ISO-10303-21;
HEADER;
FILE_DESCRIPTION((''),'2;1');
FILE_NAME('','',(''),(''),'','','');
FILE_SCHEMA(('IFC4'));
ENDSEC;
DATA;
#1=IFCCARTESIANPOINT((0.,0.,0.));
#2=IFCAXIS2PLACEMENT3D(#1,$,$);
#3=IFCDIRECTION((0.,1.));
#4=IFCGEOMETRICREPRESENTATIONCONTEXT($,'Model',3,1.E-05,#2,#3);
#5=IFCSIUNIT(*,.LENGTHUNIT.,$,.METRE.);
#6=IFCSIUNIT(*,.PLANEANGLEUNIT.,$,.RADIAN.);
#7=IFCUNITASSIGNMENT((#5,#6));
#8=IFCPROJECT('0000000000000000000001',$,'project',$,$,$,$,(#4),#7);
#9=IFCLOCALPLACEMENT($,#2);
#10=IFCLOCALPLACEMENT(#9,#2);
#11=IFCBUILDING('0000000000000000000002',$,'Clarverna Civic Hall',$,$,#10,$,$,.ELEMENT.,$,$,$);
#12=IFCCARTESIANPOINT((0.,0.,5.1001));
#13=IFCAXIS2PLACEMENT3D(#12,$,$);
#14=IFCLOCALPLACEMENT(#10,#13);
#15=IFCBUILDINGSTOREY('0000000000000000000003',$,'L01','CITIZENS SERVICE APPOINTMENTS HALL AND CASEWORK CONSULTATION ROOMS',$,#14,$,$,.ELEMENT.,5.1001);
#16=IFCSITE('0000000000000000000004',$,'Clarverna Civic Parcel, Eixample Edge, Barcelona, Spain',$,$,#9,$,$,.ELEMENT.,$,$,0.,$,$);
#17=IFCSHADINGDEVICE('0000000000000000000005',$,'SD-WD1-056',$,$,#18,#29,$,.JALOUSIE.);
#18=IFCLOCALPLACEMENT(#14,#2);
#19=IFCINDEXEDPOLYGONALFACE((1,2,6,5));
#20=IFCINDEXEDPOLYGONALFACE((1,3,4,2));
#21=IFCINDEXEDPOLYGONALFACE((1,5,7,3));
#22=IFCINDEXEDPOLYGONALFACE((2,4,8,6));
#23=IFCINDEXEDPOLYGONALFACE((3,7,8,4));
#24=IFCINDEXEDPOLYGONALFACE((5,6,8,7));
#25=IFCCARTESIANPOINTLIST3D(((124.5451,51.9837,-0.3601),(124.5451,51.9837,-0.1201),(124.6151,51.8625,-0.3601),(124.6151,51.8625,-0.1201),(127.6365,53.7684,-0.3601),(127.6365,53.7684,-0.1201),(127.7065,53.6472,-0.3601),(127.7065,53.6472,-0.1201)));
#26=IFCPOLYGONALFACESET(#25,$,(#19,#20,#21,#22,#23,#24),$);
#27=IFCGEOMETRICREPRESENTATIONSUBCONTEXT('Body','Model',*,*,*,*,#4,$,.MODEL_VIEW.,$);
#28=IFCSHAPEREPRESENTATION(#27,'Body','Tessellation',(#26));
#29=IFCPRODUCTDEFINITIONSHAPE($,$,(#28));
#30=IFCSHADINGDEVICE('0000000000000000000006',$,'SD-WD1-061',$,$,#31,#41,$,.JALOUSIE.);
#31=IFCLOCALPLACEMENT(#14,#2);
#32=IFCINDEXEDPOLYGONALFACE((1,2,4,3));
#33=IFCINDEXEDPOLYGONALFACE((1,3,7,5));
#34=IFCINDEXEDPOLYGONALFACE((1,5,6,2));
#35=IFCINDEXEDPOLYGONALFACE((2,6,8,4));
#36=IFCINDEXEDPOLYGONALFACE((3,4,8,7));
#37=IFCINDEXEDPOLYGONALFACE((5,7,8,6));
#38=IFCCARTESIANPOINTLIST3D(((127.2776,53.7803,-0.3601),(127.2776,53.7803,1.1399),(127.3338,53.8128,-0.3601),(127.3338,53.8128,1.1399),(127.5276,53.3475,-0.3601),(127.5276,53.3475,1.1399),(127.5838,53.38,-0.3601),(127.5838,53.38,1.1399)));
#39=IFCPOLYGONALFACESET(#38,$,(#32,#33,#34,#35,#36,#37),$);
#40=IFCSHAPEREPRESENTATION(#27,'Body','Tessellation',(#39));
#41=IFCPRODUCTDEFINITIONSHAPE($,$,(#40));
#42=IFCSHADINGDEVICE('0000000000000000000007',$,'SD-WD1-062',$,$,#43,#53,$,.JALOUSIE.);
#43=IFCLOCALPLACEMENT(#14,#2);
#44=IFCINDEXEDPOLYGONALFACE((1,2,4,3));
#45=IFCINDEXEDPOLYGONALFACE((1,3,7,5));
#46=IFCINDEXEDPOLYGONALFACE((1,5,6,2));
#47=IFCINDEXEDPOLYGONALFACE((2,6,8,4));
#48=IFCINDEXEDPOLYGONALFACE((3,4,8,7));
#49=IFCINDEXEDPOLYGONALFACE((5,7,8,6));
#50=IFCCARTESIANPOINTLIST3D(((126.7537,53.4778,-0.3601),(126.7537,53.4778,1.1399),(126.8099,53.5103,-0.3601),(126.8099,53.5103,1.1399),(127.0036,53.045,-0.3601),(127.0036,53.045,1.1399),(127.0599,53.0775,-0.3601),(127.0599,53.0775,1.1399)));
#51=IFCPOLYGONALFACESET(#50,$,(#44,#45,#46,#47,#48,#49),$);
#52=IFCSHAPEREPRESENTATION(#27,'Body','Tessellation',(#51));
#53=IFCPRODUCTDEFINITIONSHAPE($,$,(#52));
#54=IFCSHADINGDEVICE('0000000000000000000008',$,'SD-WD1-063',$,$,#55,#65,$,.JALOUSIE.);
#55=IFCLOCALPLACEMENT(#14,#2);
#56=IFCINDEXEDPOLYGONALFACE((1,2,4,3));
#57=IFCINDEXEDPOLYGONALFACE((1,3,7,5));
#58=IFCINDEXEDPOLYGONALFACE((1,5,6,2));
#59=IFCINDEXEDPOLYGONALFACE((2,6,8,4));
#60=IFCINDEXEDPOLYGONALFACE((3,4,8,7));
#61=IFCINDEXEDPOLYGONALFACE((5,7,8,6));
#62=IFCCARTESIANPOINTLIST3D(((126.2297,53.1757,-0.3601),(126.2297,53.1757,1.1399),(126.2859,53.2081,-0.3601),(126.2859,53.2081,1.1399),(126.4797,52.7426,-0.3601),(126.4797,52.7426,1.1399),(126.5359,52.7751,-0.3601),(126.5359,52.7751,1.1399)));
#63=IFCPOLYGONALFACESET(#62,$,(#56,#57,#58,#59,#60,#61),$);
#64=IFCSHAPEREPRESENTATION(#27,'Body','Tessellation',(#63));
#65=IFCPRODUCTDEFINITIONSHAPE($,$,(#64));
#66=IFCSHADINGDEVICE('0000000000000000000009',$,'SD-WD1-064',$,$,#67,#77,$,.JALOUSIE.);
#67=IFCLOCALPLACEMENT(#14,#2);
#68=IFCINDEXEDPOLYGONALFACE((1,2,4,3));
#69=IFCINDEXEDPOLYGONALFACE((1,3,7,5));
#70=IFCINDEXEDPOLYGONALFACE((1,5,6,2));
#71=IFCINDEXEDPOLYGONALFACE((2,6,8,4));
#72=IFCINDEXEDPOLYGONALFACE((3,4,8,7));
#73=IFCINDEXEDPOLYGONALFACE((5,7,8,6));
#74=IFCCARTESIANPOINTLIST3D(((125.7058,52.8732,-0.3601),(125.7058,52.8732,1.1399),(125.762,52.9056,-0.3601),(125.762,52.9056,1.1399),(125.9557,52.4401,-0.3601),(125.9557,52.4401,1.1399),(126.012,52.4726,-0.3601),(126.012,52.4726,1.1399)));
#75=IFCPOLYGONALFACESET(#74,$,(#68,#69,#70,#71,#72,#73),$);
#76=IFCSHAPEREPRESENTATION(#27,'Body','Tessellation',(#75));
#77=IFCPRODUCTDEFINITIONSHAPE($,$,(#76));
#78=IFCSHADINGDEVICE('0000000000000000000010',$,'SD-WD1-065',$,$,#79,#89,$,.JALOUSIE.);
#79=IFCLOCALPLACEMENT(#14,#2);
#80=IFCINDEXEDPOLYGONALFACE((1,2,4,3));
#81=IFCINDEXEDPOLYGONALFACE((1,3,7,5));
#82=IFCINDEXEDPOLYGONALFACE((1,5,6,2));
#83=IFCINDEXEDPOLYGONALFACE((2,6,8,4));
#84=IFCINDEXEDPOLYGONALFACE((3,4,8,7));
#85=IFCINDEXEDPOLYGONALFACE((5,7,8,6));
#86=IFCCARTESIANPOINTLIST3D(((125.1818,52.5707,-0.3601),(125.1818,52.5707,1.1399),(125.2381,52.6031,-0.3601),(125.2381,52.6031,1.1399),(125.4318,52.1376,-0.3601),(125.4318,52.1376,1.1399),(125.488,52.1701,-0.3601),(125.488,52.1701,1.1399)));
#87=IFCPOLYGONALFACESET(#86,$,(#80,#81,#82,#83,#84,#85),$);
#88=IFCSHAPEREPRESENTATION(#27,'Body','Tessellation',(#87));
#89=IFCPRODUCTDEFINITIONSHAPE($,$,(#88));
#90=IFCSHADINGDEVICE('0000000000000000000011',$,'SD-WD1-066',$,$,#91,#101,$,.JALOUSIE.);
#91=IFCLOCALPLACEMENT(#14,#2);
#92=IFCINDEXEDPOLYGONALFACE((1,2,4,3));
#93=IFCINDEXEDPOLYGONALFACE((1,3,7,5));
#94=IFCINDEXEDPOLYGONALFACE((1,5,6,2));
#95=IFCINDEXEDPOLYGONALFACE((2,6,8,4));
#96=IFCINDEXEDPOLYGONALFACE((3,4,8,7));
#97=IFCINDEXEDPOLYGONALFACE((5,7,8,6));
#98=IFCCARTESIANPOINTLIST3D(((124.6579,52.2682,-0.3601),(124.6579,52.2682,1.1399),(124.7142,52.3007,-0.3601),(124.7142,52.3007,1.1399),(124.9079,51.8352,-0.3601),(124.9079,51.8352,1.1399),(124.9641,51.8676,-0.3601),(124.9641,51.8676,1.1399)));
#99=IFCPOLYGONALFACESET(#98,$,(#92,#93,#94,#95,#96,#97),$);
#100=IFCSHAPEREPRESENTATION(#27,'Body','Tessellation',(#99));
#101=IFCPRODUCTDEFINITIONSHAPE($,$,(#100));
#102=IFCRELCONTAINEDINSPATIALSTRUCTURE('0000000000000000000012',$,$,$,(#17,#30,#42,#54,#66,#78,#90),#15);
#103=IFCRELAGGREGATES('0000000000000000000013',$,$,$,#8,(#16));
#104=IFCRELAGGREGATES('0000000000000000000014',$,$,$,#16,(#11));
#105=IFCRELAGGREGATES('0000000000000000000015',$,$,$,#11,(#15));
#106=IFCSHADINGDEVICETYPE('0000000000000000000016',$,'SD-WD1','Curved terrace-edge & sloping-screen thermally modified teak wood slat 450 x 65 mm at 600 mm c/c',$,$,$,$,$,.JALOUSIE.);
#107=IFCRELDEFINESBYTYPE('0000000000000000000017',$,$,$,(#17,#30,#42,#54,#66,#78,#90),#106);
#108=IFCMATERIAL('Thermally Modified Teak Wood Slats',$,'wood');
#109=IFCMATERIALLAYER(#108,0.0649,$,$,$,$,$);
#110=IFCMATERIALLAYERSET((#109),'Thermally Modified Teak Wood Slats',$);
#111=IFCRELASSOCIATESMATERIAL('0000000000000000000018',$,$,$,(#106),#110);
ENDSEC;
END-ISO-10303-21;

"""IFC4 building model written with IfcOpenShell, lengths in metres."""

from ifc_helpers import new_model, si_unit, direction, frame, frame_2d, origin, place, context, subcontext, project, spatial, rectangle, extrude, material, layer, layer_set, type_object, element, save


model = new_model("IFC4")

# Units and contexts
model_context = context("Model", 3, precision=1e-05, world=origin(), true_north=direction((0.0, 1.0)))
body_context = subcontext(model_context, "Body", "Model", "MODEL_VIEW")
ifc_project = project(units=[si_unit("LENGTHUNIT", "METRE"), si_unit("PLANEANGLEUNIT", "RADIAN")], contexts=[model_context])

# Site, building, storey
site_placement = place(None, origin())
site = spatial("IfcSite", under=ifc_project, at=site_placement, Name="Clarverna Civic Parcel, Eixample Edge, Barcelona, Spain", CompositionType="ELEMENT", RefElevation=0.0)
building_placement = place(site_placement, origin())
building = spatial("IfcBuilding", under=site, at=building_placement, Name="Clarverna Civic Hall", CompositionType="ELEMENT")
storey_placement = place(building_placement, frame((0.0, 0.0, 5.1001)))
storey = spatial("IfcBuildingStorey", under=building, at=storey_placement, Name="L01", Description="CITIZENS SERVICE APPOINTMENTS HALL AND CASEWORK CONSULTATION ROOMS", CompositionType="ELEMENT", Elevation=5.1001)

# Shading devices
ifc_material_1 = material(Name="Thermally Modified Teak Wood Slats", Category="wood")
ifc_layer_1 = layer(ifc_material_1, 0.0649)
ifc_layer_set_1 = layer_set([ifc_layer_1], Name="Thermally Modified Teak Wood Slats")
shading_device_type = type_object("IfcShadingDeviceType", Name="SD-WD1", Description="Curved terrace-edge & sloping-screen thermally modified teak wood slat 450 x 65 mm at 600 mm c/c", PredefinedType="JALOUSIE", material=ifc_layer_set_1)
shading_device_placement = place(storey_placement, frame((127.6714, 53.7078, -0.3601), z_axis=(0.0, 0.0, 1.0), x_axis=(-0.866038, -0.499979, 0.0)))
element("IfcShadingDevice", 1, at=shading_device_placement, inside=storey, type_object=shading_device_type, Name="SD-WD1-056", PredefinedType="JALOUSIE", context=body_context, shape_type="SweptSolid", body=[
    extrude(rectangle(XDim=3.5696, YDim=0.1399, at=frame_2d((1.7847, 0.0))), origin(), (0.0, 0.0, 1.0), 0.24),
])
for number, where, z_axis, x_axis, name in (
    (2, (127.3057, 53.7966, -0.3601), (0.0, 0.0, 1.0), (0.500131, -0.86595, 0.0), "SD-WD1-061"),
    (3, (126.7817, 53.4941, -0.3601), (0.0, 0.0, 1.0), (0.500131, -0.86595, 0.0), "SD-WD1-062"),
):
    element("IfcShadingDevice", number, at=place(storey_placement, frame(where, z_axis=z_axis, x_axis=x_axis)), inside=storey, type_object=shading_device_type, Name=name, PredefinedType="JALOUSIE", context=body_context, shape_type="SweptSolid", body=[
        extrude(rectangle(XDim=0.4998, YDim=0.0649, at=frame_2d((0.25, 0.0))), origin(), (0.0, 0.0, 1.0), 1.5),
    ])
for number, where, z_axis, x_axis, name in (
    (4, (126.2578, 53.1919, -0.3601), (0.0, 0.0, 1.0), (0.49992, -0.866072, 0.0), "SD-WD1-063"),
    (5, (125.7339, 52.8894, -0.3601), (0.0, 0.0, 1.0), (0.49992, -0.866072, 0.0), "SD-WD1-064"),
    (6, (125.21, 52.5869, -0.3601), (0.0, 0.0, 1.0), (0.49992, -0.866072, 0.0), "SD-WD1-065"),
    (7, (124.686, 52.2844, -0.3601), (0.0, 0.0, 1.0), (0.49992, -0.866072, 0.0), "SD-WD1-066"),
):
    element("IfcShadingDevice", number, at=place(storey_placement, frame(where, z_axis=z_axis, x_axis=x_axis)), inside=storey, type_object=shading_device_type, Name=name, PredefinedType="JALOUSIE", context=body_context, shape_type="SweptSolid", body=[
        extrude(rectangle(XDim=0.5, YDim=0.0649, at=frame_2d((0.25, 0.0))), origin(), (0.0, 0.0, 1.0), 1.5),
    ])

save(model, "model.ifc")
